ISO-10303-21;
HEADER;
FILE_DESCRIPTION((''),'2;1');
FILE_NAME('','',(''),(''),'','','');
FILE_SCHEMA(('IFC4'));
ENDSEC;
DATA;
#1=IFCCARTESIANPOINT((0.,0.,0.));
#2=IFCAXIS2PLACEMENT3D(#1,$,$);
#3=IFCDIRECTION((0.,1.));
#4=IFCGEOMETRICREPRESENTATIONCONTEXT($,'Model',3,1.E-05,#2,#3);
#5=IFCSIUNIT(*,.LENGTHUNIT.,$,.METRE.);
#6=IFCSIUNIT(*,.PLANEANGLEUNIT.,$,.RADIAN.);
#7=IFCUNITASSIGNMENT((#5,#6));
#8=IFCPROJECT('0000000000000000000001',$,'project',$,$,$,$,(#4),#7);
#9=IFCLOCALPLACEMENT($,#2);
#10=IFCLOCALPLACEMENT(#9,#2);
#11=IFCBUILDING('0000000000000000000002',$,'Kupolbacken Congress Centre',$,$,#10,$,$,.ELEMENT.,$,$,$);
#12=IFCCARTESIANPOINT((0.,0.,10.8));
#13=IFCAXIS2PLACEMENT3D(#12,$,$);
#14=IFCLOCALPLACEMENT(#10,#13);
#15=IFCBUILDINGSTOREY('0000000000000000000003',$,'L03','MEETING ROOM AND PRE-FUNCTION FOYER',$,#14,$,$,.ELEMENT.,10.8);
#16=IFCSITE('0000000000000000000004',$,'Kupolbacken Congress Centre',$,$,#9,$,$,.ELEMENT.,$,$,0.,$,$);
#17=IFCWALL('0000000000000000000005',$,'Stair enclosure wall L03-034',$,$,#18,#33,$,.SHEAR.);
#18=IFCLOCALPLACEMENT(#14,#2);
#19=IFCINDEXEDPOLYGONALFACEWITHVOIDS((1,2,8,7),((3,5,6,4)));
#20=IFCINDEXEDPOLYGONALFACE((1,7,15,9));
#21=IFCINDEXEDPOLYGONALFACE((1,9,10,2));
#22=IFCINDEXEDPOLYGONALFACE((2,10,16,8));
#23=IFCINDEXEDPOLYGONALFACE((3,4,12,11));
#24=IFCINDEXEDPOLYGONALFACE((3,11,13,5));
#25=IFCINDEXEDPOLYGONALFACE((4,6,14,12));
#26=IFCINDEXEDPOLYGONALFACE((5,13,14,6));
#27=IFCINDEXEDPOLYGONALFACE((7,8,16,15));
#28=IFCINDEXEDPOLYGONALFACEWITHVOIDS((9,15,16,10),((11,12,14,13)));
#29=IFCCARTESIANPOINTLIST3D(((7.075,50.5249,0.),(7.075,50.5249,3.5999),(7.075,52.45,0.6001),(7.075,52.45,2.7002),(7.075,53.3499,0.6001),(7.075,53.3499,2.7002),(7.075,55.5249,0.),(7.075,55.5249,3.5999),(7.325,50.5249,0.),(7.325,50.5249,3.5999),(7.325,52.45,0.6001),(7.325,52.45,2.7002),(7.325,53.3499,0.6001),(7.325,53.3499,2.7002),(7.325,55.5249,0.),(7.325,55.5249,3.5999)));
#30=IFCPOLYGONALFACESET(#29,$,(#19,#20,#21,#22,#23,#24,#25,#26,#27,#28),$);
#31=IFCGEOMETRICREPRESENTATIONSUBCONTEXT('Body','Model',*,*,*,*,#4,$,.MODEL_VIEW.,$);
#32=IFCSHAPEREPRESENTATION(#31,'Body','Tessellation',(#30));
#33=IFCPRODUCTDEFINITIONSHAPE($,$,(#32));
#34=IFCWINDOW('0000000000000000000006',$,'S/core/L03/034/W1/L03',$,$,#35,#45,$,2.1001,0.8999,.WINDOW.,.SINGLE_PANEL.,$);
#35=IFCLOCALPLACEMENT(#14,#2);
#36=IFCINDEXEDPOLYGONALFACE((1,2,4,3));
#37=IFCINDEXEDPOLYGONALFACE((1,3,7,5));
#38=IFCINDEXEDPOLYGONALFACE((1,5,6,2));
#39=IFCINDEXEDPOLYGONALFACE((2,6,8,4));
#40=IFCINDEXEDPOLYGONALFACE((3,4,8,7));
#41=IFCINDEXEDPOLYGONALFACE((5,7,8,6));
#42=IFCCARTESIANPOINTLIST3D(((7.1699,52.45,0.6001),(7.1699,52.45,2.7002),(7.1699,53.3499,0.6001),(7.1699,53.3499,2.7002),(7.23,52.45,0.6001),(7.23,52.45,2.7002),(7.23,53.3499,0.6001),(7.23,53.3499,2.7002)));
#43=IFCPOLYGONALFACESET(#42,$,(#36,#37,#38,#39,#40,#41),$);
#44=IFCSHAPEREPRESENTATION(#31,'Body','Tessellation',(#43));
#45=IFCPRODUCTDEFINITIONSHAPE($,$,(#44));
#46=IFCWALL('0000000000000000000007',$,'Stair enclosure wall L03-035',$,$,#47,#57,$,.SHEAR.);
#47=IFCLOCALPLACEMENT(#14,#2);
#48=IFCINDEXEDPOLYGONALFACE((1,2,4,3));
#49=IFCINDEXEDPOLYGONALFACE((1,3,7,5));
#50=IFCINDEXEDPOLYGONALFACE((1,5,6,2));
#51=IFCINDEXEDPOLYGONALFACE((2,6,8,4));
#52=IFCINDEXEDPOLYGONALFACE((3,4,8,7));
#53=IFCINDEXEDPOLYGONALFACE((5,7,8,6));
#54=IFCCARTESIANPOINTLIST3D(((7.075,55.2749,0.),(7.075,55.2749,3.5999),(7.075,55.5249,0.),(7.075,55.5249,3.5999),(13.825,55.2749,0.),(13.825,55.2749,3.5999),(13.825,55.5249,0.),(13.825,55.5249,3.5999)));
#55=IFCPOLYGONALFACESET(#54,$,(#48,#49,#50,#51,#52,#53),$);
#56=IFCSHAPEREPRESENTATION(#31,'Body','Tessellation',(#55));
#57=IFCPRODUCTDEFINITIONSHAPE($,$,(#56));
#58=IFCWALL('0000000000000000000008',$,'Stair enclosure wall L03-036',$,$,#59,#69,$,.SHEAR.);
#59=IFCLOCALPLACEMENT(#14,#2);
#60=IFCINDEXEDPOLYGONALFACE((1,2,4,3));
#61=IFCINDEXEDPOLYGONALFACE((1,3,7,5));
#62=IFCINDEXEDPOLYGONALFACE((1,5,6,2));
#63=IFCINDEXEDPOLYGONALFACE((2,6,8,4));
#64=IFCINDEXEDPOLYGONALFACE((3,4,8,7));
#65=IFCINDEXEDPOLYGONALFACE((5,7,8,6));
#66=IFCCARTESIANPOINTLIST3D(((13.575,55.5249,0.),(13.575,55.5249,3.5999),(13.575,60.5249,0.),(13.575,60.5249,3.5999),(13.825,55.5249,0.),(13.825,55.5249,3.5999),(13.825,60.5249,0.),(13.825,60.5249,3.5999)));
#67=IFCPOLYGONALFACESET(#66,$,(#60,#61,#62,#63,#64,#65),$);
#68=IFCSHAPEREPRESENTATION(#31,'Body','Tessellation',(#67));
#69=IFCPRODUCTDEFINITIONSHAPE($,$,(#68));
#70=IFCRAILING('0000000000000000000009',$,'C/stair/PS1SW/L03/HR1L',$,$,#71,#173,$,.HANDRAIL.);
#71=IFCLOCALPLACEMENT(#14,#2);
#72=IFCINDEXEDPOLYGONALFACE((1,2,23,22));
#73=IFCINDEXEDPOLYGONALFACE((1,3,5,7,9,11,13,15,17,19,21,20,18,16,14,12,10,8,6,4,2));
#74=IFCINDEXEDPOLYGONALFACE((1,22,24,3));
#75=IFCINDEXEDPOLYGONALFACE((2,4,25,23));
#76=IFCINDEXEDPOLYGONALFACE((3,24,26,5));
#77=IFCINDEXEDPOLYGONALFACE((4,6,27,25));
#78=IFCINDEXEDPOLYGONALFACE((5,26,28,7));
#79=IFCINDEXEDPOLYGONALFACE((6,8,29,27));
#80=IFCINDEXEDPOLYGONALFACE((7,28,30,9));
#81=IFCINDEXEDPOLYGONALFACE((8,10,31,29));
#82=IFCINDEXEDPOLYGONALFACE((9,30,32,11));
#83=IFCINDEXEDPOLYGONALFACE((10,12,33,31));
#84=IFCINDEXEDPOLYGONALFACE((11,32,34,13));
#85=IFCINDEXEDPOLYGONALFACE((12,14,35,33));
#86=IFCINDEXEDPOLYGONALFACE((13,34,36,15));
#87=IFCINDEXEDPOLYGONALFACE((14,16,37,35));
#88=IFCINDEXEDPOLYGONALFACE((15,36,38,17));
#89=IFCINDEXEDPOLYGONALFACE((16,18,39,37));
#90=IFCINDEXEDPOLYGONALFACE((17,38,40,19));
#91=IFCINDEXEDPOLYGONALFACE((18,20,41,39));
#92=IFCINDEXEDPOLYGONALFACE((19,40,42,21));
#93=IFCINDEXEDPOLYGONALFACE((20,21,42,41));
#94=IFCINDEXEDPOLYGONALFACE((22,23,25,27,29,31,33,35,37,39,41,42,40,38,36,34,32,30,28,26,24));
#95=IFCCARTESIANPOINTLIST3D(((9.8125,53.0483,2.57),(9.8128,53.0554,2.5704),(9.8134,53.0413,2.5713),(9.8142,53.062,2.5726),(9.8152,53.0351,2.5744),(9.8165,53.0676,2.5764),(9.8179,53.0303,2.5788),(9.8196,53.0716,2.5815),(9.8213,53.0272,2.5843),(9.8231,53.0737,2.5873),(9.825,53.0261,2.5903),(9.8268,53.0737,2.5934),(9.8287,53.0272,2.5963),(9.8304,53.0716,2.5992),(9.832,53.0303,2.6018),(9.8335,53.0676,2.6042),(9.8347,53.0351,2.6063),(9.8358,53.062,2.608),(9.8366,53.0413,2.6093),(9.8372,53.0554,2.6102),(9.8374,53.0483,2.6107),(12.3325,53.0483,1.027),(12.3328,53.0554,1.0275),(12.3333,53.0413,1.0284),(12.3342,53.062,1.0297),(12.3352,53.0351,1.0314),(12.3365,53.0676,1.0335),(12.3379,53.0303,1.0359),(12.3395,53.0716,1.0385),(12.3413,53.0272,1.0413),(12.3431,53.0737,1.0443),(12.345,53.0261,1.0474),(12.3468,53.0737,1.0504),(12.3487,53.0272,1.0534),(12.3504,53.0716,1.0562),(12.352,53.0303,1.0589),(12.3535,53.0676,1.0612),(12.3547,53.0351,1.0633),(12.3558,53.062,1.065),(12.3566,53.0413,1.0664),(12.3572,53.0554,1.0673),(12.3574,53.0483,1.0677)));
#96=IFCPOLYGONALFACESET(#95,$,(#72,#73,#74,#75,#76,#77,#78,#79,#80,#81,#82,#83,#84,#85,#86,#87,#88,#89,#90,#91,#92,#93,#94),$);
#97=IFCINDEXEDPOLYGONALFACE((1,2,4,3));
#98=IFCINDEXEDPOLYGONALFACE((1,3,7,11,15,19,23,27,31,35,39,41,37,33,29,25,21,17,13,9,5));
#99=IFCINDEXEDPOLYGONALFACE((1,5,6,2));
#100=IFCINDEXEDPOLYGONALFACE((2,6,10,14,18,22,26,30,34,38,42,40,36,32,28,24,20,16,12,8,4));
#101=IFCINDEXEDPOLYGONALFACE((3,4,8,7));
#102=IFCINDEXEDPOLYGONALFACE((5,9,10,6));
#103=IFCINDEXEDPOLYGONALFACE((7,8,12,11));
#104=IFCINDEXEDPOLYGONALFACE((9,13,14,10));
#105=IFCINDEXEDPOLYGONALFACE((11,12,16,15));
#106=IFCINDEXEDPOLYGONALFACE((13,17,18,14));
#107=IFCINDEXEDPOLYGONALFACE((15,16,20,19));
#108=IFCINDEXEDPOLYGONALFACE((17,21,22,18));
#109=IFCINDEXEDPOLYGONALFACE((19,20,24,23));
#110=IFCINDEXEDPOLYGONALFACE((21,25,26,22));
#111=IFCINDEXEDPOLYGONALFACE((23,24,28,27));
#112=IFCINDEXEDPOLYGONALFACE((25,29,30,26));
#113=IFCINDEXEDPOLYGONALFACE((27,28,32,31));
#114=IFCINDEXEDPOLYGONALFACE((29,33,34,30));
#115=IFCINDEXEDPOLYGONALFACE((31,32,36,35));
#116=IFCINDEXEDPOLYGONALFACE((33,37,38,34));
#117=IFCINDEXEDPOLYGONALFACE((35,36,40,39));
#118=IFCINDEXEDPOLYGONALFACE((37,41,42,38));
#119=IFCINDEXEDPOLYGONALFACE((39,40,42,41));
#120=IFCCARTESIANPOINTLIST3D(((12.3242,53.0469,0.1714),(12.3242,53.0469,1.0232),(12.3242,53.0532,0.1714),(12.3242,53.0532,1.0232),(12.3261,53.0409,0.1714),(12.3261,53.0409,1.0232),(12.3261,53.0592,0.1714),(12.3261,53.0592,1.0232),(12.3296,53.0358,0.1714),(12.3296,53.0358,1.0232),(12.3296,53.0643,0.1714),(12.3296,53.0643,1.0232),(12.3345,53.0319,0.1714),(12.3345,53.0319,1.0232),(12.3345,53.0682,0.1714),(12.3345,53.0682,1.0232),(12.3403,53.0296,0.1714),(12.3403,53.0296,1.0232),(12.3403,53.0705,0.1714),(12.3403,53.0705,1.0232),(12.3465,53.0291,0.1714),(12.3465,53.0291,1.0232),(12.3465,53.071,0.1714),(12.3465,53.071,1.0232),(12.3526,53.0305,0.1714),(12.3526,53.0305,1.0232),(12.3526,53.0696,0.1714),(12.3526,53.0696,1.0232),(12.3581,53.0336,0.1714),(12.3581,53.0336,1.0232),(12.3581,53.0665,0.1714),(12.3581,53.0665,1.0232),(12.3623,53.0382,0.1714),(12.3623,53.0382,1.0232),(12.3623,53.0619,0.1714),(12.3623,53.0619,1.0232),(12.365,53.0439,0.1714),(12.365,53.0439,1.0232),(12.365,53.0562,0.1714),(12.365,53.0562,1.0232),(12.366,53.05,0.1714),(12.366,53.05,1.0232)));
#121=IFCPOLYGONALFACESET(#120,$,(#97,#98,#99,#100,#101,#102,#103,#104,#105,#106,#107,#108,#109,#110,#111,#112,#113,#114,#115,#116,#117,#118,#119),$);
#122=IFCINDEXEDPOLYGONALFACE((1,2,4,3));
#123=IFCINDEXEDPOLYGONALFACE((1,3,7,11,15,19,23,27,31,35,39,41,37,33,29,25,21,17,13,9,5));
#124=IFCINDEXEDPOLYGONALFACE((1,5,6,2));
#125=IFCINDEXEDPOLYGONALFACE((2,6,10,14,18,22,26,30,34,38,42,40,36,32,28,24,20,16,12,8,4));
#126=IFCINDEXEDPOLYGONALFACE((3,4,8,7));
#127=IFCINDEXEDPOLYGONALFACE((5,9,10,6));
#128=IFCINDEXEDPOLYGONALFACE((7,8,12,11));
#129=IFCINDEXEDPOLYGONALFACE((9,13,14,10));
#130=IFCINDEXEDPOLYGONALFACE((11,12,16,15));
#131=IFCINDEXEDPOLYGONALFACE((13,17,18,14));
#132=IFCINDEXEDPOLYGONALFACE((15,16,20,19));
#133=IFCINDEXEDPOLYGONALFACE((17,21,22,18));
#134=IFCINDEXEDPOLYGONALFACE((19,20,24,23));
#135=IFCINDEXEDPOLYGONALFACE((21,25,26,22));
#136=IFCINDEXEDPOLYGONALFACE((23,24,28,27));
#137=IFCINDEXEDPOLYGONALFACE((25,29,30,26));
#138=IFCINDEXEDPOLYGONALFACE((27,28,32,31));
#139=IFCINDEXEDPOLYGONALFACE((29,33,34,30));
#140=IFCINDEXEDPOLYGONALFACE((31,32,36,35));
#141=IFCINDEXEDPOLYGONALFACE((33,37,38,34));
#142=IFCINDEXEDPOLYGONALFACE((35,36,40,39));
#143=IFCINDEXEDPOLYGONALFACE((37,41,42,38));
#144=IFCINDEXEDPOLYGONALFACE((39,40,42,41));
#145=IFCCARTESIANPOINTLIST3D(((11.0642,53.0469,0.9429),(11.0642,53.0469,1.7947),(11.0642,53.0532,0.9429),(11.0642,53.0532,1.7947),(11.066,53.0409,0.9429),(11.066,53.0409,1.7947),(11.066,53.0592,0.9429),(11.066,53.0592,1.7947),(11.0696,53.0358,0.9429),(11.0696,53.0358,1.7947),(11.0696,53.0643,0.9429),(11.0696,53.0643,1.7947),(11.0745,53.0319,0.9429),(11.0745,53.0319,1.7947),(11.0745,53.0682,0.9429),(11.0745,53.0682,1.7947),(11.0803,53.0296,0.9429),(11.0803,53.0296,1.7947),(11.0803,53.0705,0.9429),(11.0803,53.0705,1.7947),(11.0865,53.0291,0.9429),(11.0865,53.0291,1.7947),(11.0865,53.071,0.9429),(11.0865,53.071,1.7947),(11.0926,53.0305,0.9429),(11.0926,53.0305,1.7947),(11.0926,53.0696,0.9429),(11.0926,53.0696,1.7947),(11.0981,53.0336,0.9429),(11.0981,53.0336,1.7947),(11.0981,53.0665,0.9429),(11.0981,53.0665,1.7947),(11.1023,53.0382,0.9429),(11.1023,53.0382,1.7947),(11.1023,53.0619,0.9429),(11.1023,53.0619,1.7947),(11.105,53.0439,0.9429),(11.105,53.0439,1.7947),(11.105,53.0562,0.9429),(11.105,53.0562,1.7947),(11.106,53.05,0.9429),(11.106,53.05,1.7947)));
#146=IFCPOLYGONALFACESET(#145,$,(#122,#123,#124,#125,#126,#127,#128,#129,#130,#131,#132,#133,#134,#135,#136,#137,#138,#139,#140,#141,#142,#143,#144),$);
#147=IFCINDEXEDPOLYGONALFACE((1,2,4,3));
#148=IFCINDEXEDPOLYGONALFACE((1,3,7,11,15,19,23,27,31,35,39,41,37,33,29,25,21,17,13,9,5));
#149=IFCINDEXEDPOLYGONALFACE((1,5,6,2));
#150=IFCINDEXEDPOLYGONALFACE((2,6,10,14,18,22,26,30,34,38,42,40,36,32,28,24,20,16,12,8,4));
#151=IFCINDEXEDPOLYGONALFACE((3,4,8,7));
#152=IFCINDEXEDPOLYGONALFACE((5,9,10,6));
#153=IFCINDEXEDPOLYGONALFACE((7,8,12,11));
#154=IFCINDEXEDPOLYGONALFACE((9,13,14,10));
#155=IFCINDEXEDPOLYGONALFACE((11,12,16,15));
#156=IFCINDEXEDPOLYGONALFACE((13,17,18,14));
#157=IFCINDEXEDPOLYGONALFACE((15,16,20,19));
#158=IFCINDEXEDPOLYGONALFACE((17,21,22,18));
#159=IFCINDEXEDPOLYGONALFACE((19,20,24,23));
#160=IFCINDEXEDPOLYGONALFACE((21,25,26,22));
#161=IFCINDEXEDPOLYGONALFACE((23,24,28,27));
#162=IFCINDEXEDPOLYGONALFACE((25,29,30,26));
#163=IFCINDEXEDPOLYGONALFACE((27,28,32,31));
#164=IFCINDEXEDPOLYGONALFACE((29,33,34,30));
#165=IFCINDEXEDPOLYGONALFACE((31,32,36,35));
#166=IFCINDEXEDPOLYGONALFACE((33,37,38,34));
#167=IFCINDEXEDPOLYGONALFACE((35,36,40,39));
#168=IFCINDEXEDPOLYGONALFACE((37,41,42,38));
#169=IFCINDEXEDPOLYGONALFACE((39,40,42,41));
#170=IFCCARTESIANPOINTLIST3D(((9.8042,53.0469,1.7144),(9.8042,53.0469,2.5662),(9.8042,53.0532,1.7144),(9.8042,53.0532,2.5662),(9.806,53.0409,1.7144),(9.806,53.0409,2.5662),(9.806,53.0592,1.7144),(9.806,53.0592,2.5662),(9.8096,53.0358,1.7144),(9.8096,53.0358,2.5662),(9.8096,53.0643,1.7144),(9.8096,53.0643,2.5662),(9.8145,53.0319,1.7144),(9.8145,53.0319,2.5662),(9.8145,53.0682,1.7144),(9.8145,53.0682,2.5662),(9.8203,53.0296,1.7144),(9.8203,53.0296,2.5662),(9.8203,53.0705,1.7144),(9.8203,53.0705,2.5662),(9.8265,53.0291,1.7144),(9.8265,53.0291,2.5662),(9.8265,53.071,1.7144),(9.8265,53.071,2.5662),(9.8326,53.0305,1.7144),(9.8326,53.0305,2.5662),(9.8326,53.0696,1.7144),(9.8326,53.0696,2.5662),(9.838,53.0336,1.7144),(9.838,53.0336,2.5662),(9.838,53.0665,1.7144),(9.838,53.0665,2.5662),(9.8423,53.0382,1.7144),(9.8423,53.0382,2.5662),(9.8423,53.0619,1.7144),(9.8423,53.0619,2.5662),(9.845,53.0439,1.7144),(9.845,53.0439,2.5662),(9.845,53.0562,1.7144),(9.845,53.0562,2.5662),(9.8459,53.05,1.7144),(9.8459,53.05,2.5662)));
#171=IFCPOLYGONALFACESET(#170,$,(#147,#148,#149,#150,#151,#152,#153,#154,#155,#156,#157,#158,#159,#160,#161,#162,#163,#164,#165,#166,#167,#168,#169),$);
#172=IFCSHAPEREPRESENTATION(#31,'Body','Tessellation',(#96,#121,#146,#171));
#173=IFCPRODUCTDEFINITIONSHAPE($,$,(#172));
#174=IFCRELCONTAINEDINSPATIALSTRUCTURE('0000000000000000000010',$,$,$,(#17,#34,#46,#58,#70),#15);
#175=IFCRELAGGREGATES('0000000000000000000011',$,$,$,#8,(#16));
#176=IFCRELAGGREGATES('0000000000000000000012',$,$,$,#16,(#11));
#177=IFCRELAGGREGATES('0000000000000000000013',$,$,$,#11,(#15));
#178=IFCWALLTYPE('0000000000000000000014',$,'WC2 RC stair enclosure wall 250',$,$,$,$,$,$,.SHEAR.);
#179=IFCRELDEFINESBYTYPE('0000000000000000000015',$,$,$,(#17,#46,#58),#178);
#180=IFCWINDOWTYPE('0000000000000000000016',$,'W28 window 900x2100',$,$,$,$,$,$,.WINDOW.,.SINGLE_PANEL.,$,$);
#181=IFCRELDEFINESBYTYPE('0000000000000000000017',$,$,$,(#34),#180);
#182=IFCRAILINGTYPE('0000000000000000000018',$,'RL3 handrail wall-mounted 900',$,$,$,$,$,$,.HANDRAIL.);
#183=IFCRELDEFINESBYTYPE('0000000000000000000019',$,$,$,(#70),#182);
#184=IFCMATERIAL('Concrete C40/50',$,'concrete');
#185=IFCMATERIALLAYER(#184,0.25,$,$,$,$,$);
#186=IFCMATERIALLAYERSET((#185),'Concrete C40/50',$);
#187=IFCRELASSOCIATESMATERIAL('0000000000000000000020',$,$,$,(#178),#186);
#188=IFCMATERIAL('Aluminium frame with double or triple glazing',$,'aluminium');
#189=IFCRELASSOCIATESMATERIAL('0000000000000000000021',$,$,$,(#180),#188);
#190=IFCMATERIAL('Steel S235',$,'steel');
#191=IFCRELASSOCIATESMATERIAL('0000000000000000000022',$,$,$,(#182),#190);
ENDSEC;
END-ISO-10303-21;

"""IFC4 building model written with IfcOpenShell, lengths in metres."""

from ifc_helpers import new_model, si_unit, direction, frame, frame_2d, origin, origin_2d, place, context, subcontext, project, spatial, rectangle, circle, extrude, material, layer, layer_set, type_object, element, fill, save


model = new_model("IFC4")

# Units and contexts
model_context = context("Model", 3, precision=1e-05, world=origin(), true_north=direction((0.0, 1.0)))
body_context = subcontext(model_context, "Body", "Model", "MODEL_VIEW")
ifc_project = project(units=[si_unit("LENGTHUNIT", "METRE"), si_unit("PLANEANGLEUNIT", "RADIAN")], contexts=[model_context])

# Site, building, storey
site_placement = place(None, origin())
site = spatial("IfcSite", under=ifc_project, at=site_placement, Name="Kupolbacken Congress Centre", CompositionType="ELEMENT", RefElevation=0.0)
building_placement = place(site_placement, origin())
building = spatial("IfcBuilding", under=site, at=building_placement, Name="Kupolbacken Congress Centre", CompositionType="ELEMENT")
storey_placement = place(building_placement, frame((0.0, 0.0, 10.8)))
storey = spatial("IfcBuildingStorey", under=building, at=storey_placement, Name="L03", Description="MEETING ROOM AND PRE-FUNCTION FOYER", CompositionType="ELEMENT", Elevation=10.8)

# Wall, opening, window
ifc_material_1 = material(Name="Concrete C40/50", Category="concrete")
ifc_layer_1 = layer(ifc_material_1, 0.25)
ifc_layer_set_1 = layer_set([ifc_layer_1], Name="Concrete C40/50")
wall_type_1 = type_object("IfcWallType", Name="WC2 RC stair enclosure wall 250", PredefinedType="SHEAR", material=ifc_layer_set_1)
ifc_material_2 = material(Name="Aluminium frame with double or triple glazing", Category="aluminium")
window_type = type_object("IfcWindowType", Name="W28 window 900x2100", PartitioningType="SINGLE_PANEL", PredefinedType="WINDOW", material=ifc_material_2)
wall_1_placement = place(storey_placement, frame((7.2, 55.5249, 0.0), z_axis=(0.0, 0.0, 1.0), x_axis=(0.0, -1.0, 0.0)))
wall_1 = element("IfcWall", 1, at=wall_1_placement, inside=storey, type_object=wall_type_1, Name="Stair enclosure wall L03-034", PredefinedType="SHEAR", context=body_context, shape_type="SweptSolid", body=[
    extrude(rectangle(XDim=5.0, YDim=0.25, at=frame_2d((2.5, 0.0))), origin(), (0.0, 0.0, 1.0), 3.5999),
])
opening_1_placement = place(wall_1_placement, frame((2.175, 0.0, 0.6001)))
opening_1 = element("IfcOpeningElement", 2, at=opening_1_placement, cuts=wall_1, PredefinedType="OPENING", context=body_context, shape_type="SweptSolid", body=[
    extrude(rectangle(XDim=0.8999, YDim=2.1001, at=frame_2d((0.45, 1.05))), frame((0.0, 0.135, 0.0), z_axis=(0.0, -1.0, 0.0), x_axis=(1.0, 0.0, 0.0)), (0.0, 0.0, 1.0), 0.27),
])
window_1_placement = place(opening_1_placement, origin())
window_1 = element("IfcWindow", 3, at=window_1_placement, inside=storey, type_object=window_type, Name="S/core/L03/034/W1/L03", OverallHeight=2.1001, OverallWidth=0.8999, PartitioningType="SINGLE_PANEL", PredefinedType="WINDOW", context=body_context, shape_type="SweptSolid", body=[
    extrude(rectangle(XDim=0.8999, YDim=2.1001, at=frame_2d((0.45, 1.05))), frame((0.0, 0.03, 0.0), z_axis=(0.0, -1.0, 0.0), x_axis=(1.0, 0.0, 0.0)), (0.0, 0.0, 1.0), 0.0601),
])
fill(opening_1, window_1)

# Walls
wall_2_placement = place(storey_placement, frame((13.825, 55.3999, 0.0), z_axis=(0.0, 0.0, 1.0), x_axis=(-1.0, 0.0, 0.0)))
element("IfcWall", 4, at=wall_2_placement, inside=storey, type_object=wall_type_1, Name="Stair enclosure wall L03-035", PredefinedType="SHEAR", context=body_context, shape_type="SweptSolid", body=[
    extrude(rectangle(XDim=6.75, YDim=0.25, at=frame_2d((3.375, 0.0))), origin(), (0.0, 0.0, 1.0), 3.5999),
])
wall_3_placement = place(storey_placement, frame((13.7, 55.5249, 0.0), z_axis=(0.0, 0.0, 1.0), x_axis=(0.0, 1.0, 0.0)))
element("IfcWall", 5, at=wall_3_placement, inside=storey, type_object=wall_type_1, Name="Stair enclosure wall L03-036", PredefinedType="SHEAR", context=body_context, shape_type="SweptSolid", body=[
    extrude(rectangle(XDim=5.0, YDim=0.25, at=frame_2d((2.5, 0.0))), origin(), (0.0, 0.0, 1.0), 3.5999),
])

# Railing
ifc_material_3 = material(Name="Steel S235", Category="steel")
railing_type = type_object("IfcRailingType", Name="RL3 handrail wall-mounted 900", PredefinedType="HANDRAIL", material=ifc_material_3)
for number, where, name in (
    (6, (12.345, 53.05, 0.1714), "C/stair/PS1SW/L03/HR1L"),
):
    element("IfcRailing", number, at=place(storey_placement, frame(where)), inside=storey, type_object=railing_type, Name=name, PredefinedType="HANDRAIL", context=body_context, shape_type="SweptSolid", body=[
        extrude(circle(Radius=0.0239, at=origin_2d()), frame((0.0, 0.0, 0.876), z_axis=(-0.852836, 0.0, 0.522178), x_axis=(0.0, -1.0, 0.0)), (0.0, 0.0, 1.0), 2.9548),
        extrude(circle(Radius=0.021, at=origin_2d()), origin(), (0.0, 0.0, 1.0), 0.8518),
        extrude(circle(Radius=0.021, at=origin_2d()), frame((-1.26, 0.0, 0.7715)), (0.0, 0.0, 1.0), 0.8518),
        extrude(circle(Radius=0.021, at=origin_2d()), frame((-2.52, 0.0, 1.543)), (0.0, 0.0, 1.0), 0.8518),
    ])

save(model, "model.ifc")
